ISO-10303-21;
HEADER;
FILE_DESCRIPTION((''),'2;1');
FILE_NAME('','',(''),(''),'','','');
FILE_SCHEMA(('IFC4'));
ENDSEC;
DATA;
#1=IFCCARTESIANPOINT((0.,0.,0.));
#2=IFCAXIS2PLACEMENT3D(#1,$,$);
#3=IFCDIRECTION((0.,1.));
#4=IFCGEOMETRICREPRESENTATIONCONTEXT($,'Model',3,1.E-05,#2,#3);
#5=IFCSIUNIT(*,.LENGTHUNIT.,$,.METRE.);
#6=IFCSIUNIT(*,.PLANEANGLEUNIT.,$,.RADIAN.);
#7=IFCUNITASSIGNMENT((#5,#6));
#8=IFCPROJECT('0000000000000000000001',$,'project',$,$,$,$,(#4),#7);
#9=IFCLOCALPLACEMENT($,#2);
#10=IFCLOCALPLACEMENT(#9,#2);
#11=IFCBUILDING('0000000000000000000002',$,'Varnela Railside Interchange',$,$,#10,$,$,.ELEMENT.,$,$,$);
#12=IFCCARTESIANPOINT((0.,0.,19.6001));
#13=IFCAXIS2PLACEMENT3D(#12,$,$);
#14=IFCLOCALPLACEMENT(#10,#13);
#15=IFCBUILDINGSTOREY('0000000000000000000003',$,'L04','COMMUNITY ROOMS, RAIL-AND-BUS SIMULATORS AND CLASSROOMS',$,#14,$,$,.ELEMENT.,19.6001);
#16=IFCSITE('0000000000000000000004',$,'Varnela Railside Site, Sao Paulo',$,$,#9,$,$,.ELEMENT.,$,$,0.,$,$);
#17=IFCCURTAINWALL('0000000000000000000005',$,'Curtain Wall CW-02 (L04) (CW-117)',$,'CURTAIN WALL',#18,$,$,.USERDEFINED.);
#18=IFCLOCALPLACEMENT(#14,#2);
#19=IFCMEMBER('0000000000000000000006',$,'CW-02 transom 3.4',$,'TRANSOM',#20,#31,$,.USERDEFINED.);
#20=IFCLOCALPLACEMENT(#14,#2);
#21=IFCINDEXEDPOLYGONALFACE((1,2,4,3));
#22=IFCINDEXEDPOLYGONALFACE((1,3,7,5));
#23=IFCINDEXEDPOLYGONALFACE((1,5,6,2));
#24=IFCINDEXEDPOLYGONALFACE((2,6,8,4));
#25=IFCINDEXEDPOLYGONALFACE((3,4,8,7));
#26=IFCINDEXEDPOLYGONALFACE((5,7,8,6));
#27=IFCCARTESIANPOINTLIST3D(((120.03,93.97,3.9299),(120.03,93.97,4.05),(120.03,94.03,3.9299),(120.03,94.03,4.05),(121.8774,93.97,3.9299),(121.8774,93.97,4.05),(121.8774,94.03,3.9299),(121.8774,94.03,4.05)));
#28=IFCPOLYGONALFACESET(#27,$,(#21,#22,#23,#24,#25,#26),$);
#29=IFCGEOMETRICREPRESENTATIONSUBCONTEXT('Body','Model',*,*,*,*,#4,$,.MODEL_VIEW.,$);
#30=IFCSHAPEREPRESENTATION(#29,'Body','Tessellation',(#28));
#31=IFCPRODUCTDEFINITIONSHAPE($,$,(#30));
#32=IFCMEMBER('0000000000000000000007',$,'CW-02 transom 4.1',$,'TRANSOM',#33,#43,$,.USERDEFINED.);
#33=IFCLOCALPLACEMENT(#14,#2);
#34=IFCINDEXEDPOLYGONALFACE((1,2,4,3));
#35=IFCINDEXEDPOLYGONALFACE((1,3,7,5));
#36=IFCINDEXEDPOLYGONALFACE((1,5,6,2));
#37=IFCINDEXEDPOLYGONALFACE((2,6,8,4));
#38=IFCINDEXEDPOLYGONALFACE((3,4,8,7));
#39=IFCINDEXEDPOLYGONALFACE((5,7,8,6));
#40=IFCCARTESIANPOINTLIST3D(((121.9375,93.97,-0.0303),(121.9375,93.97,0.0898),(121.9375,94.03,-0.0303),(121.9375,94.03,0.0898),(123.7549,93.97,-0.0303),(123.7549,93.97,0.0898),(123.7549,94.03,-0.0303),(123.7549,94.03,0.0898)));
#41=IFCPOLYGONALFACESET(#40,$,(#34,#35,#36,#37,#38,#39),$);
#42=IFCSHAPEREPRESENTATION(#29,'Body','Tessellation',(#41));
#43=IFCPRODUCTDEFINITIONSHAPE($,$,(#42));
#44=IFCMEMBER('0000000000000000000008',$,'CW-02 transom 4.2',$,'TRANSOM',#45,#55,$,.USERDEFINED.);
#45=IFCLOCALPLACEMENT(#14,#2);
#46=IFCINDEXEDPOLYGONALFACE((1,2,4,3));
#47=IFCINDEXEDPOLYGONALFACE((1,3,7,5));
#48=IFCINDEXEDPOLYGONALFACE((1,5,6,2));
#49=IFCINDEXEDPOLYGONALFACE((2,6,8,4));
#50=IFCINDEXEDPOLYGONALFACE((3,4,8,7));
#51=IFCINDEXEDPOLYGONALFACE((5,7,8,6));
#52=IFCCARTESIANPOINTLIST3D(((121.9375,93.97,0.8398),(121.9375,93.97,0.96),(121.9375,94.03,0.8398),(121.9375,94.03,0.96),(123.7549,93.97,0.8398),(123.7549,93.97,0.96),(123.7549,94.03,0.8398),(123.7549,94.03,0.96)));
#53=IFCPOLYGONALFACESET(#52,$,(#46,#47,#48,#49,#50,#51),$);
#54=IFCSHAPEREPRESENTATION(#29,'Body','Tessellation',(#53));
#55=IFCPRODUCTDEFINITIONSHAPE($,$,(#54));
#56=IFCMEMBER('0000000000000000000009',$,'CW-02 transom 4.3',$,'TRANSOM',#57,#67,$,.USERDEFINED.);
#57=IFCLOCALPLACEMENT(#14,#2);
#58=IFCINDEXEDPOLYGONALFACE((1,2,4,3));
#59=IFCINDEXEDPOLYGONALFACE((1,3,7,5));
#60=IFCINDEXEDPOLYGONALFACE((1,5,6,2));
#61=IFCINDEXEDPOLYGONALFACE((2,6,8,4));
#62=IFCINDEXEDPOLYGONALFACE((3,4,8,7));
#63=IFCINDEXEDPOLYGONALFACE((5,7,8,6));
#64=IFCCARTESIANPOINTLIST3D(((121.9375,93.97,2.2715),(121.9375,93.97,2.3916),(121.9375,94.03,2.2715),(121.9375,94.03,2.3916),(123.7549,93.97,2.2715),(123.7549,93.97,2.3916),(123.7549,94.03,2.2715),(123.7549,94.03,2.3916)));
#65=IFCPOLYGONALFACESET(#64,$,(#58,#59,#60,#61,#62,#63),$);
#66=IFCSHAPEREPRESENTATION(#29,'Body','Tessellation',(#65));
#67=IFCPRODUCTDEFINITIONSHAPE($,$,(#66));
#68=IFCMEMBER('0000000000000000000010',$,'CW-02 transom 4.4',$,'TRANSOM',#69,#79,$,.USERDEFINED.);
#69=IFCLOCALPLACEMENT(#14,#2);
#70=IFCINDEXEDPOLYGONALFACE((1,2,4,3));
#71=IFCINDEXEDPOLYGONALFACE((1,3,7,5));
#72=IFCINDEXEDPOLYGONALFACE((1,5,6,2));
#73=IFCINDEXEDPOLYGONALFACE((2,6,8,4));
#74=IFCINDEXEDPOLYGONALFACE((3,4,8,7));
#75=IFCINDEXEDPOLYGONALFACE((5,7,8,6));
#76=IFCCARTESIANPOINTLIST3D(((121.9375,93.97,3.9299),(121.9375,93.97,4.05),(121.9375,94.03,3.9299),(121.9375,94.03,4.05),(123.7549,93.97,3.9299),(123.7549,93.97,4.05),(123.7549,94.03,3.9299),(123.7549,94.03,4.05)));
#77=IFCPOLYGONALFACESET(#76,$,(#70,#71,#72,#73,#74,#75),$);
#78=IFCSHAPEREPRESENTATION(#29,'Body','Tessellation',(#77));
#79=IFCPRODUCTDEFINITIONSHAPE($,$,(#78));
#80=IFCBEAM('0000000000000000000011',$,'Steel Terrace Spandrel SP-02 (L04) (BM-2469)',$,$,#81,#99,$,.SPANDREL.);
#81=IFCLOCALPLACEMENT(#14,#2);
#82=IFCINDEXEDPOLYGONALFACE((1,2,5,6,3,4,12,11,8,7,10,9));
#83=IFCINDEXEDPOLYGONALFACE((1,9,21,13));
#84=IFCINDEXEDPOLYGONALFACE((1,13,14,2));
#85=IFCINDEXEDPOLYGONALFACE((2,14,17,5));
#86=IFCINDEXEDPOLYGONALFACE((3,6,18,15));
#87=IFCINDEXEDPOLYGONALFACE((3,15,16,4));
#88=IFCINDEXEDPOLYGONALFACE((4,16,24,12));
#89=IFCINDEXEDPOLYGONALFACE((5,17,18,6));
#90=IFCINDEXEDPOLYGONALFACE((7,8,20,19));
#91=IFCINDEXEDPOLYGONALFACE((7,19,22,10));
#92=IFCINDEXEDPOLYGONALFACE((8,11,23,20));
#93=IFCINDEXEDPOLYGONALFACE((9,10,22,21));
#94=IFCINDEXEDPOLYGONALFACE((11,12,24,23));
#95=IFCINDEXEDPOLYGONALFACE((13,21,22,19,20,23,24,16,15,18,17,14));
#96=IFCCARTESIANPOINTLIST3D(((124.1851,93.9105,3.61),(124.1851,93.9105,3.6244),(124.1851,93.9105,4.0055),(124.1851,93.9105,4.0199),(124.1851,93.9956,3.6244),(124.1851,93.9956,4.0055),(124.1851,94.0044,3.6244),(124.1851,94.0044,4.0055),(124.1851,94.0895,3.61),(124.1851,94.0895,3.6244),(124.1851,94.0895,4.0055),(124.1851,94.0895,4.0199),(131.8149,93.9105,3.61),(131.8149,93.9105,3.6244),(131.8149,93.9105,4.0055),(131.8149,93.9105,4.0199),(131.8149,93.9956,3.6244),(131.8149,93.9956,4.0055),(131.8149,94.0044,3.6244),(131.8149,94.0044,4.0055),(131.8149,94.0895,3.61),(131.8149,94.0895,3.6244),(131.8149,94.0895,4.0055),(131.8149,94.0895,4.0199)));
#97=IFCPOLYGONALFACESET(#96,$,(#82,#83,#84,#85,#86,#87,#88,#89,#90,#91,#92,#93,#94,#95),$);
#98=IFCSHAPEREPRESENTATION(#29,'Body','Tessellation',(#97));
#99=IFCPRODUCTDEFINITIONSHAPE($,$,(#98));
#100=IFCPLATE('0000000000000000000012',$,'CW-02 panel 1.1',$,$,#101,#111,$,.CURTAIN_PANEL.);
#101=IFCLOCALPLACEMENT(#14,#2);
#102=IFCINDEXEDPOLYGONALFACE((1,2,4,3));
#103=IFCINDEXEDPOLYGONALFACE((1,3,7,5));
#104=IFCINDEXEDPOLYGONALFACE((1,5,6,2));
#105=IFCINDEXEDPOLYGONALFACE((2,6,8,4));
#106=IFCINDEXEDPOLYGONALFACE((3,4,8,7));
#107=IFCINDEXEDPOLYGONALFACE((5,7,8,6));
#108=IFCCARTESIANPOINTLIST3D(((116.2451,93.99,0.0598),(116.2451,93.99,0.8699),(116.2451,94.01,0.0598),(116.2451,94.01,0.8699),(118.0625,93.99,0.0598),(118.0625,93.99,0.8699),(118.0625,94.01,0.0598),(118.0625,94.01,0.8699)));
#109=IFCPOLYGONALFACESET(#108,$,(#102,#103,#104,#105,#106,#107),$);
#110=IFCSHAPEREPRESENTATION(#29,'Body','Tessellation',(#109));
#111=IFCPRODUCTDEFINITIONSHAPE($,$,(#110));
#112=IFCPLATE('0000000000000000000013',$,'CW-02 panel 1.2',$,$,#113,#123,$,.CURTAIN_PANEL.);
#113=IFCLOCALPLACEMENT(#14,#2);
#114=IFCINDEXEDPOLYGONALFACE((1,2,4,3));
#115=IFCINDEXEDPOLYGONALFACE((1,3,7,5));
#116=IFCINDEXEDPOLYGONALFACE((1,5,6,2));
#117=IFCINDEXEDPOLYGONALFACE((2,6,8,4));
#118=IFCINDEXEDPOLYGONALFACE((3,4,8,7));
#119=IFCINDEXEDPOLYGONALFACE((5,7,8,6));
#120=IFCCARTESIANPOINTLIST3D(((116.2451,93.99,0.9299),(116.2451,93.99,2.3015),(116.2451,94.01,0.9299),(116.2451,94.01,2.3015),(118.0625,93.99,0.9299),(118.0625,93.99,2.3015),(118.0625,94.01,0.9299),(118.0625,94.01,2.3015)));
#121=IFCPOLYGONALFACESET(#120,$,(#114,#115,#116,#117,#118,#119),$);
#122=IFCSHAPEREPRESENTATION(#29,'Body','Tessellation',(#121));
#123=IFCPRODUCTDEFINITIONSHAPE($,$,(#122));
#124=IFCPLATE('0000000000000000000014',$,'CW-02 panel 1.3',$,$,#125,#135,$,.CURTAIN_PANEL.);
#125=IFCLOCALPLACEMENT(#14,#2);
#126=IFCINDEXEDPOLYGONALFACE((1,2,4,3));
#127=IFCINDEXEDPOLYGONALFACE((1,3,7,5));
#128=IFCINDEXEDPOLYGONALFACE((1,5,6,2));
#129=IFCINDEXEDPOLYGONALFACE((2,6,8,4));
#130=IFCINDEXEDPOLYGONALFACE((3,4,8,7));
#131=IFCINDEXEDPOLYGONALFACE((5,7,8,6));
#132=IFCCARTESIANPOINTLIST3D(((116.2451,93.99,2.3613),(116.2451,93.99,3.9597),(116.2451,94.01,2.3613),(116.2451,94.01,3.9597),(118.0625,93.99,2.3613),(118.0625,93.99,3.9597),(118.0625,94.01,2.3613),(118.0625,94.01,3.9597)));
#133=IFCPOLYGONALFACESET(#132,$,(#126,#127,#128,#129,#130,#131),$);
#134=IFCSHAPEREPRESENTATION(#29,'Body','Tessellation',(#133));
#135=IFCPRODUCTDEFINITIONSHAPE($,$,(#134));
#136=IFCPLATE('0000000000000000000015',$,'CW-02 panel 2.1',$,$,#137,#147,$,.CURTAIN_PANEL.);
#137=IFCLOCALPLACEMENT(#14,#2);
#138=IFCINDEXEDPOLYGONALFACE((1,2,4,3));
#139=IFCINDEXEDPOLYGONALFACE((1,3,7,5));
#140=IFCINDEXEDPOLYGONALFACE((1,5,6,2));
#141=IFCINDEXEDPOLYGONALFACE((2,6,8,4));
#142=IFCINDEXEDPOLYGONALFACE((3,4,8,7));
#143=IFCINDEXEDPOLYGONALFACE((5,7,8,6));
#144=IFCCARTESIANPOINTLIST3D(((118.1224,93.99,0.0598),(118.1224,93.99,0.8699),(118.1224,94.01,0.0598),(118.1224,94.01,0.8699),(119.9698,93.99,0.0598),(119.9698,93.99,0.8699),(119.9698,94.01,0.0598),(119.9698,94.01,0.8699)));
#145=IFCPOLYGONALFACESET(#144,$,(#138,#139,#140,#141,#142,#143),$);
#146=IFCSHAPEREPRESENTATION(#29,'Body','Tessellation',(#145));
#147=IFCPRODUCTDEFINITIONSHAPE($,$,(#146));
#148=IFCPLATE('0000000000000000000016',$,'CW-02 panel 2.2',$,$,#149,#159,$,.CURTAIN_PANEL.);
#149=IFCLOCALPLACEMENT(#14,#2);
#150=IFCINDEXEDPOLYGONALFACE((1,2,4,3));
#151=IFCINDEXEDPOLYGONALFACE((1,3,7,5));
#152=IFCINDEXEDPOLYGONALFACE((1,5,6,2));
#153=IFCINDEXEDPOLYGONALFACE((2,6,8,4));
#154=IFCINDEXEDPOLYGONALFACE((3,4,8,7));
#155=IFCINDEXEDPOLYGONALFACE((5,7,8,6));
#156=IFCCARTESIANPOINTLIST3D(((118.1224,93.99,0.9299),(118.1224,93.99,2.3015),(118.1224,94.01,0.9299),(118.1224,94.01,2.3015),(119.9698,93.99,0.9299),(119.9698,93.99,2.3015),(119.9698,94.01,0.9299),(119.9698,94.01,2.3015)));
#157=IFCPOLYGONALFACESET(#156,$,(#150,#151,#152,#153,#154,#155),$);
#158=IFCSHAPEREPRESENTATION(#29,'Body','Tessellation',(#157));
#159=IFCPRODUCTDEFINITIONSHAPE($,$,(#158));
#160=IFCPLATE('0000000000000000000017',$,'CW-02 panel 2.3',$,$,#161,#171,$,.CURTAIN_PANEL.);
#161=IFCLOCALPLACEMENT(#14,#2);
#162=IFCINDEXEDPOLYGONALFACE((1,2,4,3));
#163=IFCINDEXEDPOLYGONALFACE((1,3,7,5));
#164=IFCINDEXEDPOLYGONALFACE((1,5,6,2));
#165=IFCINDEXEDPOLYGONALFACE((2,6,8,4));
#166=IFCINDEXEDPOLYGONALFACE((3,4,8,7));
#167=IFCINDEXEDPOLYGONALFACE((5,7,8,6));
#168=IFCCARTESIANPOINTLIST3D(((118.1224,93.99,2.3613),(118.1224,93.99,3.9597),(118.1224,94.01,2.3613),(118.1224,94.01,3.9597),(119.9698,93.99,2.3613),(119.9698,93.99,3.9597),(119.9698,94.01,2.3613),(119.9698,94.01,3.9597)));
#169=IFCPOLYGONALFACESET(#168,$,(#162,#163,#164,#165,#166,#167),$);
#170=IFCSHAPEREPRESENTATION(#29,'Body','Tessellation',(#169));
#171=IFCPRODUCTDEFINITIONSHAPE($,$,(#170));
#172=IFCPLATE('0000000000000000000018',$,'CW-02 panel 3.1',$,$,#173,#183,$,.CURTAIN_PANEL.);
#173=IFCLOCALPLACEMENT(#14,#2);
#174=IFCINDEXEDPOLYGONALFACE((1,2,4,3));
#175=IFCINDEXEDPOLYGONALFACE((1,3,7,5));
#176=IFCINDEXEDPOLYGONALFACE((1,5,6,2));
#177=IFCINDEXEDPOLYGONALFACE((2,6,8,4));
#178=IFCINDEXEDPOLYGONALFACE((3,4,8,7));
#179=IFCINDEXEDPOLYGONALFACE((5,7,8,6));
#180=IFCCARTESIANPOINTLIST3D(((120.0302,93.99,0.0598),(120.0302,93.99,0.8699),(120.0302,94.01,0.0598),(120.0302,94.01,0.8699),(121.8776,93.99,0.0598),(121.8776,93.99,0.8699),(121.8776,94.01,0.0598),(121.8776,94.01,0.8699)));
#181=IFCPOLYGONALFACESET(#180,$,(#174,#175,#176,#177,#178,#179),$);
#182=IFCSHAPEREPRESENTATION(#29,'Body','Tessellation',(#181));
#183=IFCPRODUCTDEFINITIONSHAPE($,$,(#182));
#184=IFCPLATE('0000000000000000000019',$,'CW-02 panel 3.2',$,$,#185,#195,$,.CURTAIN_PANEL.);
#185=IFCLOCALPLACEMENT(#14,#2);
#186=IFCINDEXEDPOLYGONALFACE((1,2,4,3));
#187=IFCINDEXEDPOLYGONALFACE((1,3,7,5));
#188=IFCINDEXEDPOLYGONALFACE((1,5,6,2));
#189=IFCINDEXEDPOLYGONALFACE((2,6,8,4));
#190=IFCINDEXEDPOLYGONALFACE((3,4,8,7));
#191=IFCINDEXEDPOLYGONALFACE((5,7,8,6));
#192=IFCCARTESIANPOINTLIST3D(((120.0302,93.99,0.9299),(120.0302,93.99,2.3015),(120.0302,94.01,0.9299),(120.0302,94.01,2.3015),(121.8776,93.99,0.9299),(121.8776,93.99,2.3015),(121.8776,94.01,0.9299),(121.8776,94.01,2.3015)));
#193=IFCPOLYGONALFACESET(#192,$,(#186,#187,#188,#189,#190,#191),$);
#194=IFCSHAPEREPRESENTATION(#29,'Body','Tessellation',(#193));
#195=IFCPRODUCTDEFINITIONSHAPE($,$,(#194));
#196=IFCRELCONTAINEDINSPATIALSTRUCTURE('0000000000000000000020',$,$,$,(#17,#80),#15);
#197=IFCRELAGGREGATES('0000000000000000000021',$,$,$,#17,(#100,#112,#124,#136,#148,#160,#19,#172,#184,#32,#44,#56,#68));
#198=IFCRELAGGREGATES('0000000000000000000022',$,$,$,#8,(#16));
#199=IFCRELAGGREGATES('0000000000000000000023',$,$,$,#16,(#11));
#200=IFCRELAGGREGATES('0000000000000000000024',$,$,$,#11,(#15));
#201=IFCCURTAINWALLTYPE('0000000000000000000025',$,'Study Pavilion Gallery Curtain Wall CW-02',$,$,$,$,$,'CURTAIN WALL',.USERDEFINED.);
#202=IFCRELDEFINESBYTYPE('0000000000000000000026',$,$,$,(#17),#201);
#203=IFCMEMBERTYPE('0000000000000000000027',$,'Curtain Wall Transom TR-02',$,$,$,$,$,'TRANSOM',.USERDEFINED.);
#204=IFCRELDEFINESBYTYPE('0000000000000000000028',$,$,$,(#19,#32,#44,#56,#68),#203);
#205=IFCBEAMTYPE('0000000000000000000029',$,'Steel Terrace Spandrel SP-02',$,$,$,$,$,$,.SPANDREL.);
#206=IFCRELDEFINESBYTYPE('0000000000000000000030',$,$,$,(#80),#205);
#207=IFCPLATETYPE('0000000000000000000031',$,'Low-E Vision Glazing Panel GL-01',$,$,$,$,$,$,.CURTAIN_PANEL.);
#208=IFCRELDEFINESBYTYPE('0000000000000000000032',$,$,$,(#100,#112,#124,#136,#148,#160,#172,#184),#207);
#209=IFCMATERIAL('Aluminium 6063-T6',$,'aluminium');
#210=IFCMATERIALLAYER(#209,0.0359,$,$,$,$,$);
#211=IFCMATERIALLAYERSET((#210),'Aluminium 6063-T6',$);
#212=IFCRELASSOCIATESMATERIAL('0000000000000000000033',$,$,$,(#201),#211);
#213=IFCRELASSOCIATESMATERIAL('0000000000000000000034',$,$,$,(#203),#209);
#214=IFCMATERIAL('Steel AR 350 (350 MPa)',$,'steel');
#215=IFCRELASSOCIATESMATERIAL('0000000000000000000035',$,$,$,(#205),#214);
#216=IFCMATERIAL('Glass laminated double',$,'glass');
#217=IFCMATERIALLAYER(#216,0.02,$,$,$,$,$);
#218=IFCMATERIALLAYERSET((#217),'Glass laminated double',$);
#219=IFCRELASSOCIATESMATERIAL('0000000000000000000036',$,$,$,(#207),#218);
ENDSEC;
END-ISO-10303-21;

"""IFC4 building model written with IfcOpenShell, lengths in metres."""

from ifc_helpers import new_model, si_unit, direction, frame, origin, origin_2d, place, context, subcontext, project, spatial, rectangle, i_section, extrude, material, layer, layer_set, material_profile, profile_set, type_object, element, aggregate, save


model = new_model("IFC4")

# Units and contexts
model_context = context("Model", 3, precision=1e-05, world=origin(), true_north=direction((0.0, 1.0)))
body_context = subcontext(model_context, "Body", "Model", "MODEL_VIEW")
ifc_project = project(units=[si_unit("LENGTHUNIT", "METRE"), si_unit("PLANEANGLEUNIT", "RADIAN")], contexts=[model_context])

# Site, building, storey
site_placement = place(None, origin())
site = spatial("IfcSite", under=ifc_project, at=site_placement, Name="Varnela Railside Site, Sao Paulo", CompositionType="ELEMENT", RefElevation=0.0)
building_placement = place(site_placement, origin())
building = spatial("IfcBuilding", under=site, at=building_placement, Name="Varnela Railside Interchange", CompositionType="ELEMENT")
storey_placement = place(building_placement, frame((0.0, 0.0, 19.6001)))
storey = spatial("IfcBuildingStorey", under=building, at=storey_placement, Name="L04", Description="COMMUNITY ROOMS, RAIL-AND-BUS SIMULATORS AND CLASSROOMS", CompositionType="ELEMENT", Elevation=19.6001)

# Shared definitions
ifc_material_1 = material(Name="Steel AR 350 (350 MPa)", Category="steel")

# Curtain wall, members
ifc_material_2 = material(Name="Aluminium 6063-T6", Category="aluminium")
ifc_layer_1 = layer(ifc_material_2, 0.0359)
ifc_layer_set_1 = layer_set([ifc_layer_1], Name="Aluminium 6063-T6")
curtain_wall_type = type_object("IfcCurtainWallType", Name="Study Pavilion Gallery Curtain Wall CW-02", ElementType="CURTAIN WALL", PredefinedType="USERDEFINED", material=ifc_layer_set_1)
curtain_wall_placement = place(storey_placement, origin())
curtain_wall = element("IfcCurtainWall", 1, at=curtain_wall_placement, inside=storey, type_object=curtain_wall_type, Name="Curtain Wall CW-02 (L04) (CW-117)", ObjectType="CURTAIN WALL", PredefinedType="USERDEFINED")
ifc_material_profile_1 = material_profile(ifc_material_2, rectangle(XDim=0.0601, YDim=0.1201, at=origin_2d()), Name="ALU 60x120")
ifc_profile_set_1 = profile_set([ifc_material_profile_1], Name="Aluminium 6063-T6")
member_type_1 = type_object("IfcMemberType", Name="Curtain Wall Transom TR-02", ElementType="TRANSOM", PredefinedType="USERDEFINED", material=ifc_profile_set_1)
member_1_placement = place(storey_placement, frame((120.03, 94.0, 3.99), z_axis=(1.0, 0.0, 0.0), x_axis=(0.0, 1.0, 0.0)))
member_1 = element("IfcMember", 2, at=member_1_placement, type_object=member_type_1, Name="CW-02 transom 3.4", ObjectType="TRANSOM", PredefinedType="USERDEFINED", context=body_context, shape_type="SweptSolid", body=[
    extrude(rectangle(XDim=0.0601, YDim=0.1201, at=origin_2d()), origin(), (0.0, 0.0, 1.0), 1.8474),
])
member_2_placement = place(storey_placement, frame((121.9375, 94.0, 0.0298), z_axis=(1.0, 0.0, 0.0), x_axis=(0.0, 1.0, 0.0)))
member_2 = element("IfcMember", 3, at=member_2_placement, type_object=member_type_1, Name="CW-02 transom 4.1", ObjectType="TRANSOM", PredefinedType="USERDEFINED", context=body_context, shape_type="SweptSolid", body=[
    extrude(rectangle(XDim=0.0601, YDim=0.1201, at=origin_2d()), origin(), (0.0, 0.0, 1.0), 1.8174),
])
member_3_placement = place(storey_placement, frame((121.9375, 94.0, 0.8999), z_axis=(1.0, 0.0, 0.0), x_axis=(0.0, 1.0, 0.0)))
member_3 = element("IfcMember", 4, at=member_3_placement, type_object=member_type_1, Name="CW-02 transom 4.2", ObjectType="TRANSOM", PredefinedType="USERDEFINED", context=body_context, shape_type="SweptSolid", body=[
    extrude(rectangle(XDim=0.0601, YDim=0.1201, at=origin_2d()), origin(), (0.0, 0.0, 1.0), 1.8174),
])
member_4_placement = place(storey_placement, frame((121.9375, 94.0, 2.3315), z_axis=(1.0, 0.0, 0.0), x_axis=(0.0, 1.0, 0.0)))
member_4 = element("IfcMember", 5, at=member_4_placement, type_object=member_type_1, Name="CW-02 transom 4.3", ObjectType="TRANSOM", PredefinedType="USERDEFINED", context=body_context, shape_type="SweptSolid", body=[
    extrude(rectangle(XDim=0.0601, YDim=0.1201, at=origin_2d()), origin(), (0.0, 0.0, 1.0), 1.8174),
])
member_5_placement = place(storey_placement, frame((121.9375, 94.0, 3.99), z_axis=(1.0, 0.0, 0.0), x_axis=(0.0, 1.0, 0.0)))
member_5 = element("IfcMember", 6, at=member_5_placement, type_object=member_type_1, Name="CW-02 transom 4.4", ObjectType="TRANSOM", PredefinedType="USERDEFINED", context=body_context, shape_type="SweptSolid", body=[
    extrude(rectangle(XDim=0.0601, YDim=0.1201, at=origin_2d()), origin(), (0.0, 0.0, 1.0), 1.8174),
])

# Beam
ifc_material_profile_2 = material_profile(ifc_material_1, i_section(OverallWidth=0.179, OverallDepth=0.4099, WebThickness=0.0088, FlangeThickness=0.0144, at=origin_2d()), Name="W410x67")
ifc_profile_set_2 = profile_set([ifc_material_profile_2], Name="Steel AR 350 (350 MPa)")
beam_type = type_object("IfcBeamType", Name="Steel Terrace Spandrel SP-02", PredefinedType="SPANDREL", material=ifc_profile_set_2)
beam_placement = place(storey_placement, frame((124.1851, 94.0, 3.8149), z_axis=(1.0, 0.0, 0.0), x_axis=(0.0, 1.0, 0.0)))
element("IfcBeam", 7, at=beam_placement, inside=storey, type_object=beam_type, Name="Steel Terrace Spandrel SP-02 (L04) (BM-2469)", PredefinedType="SPANDREL", context=body_context, shape_type="SweptSolid", body=[
    extrude(i_section(OverallWidth=0.179, OverallDepth=0.4099, WebThickness=0.0088, FlangeThickness=0.0144, at=origin_2d()), origin(), (0.0, 0.0, 1.0), 7.6299),
])

# Plates
ifc_material_3 = material(Name="Glass laminated double", Category="glass")
ifc_layer_2 = layer(ifc_material_3, 0.02)
ifc_layer_set_2 = layer_set([ifc_layer_2], Name="Glass laminated double")
plate_type = type_object("IfcPlateType", Name="Low-E Vision Glazing Panel GL-01", PredefinedType="CURTAIN_PANEL", material=ifc_layer_set_2)
plate_1_placement = place(storey_placement, frame((117.1538, 94.0, 0.0598), z_axis=(0.0, 0.0, 1.0), x_axis=(1.0, 0.0, 0.0)))
plate_1 = element("IfcPlate", 8, at=plate_1_placement, type_object=plate_type, Name="CW-02 panel 1.1", PredefinedType="CURTAIN_PANEL", context=body_context, shape_type="SweptSolid", body=[
    extrude(rectangle(XDim=1.8174, YDim=0.02, at=origin_2d()), origin(), (0.0, 0.0, 1.0), 0.8101),
])
plate_2_placement = place(storey_placement, frame((117.1538, 94.0, 0.9299), z_axis=(0.0, 0.0, 1.0), x_axis=(1.0, 0.0, 0.0)))
plate_2 = element("IfcPlate", 9, at=plate_2_placement, type_object=plate_type, Name="CW-02 panel 1.2", PredefinedType="CURTAIN_PANEL", context=body_context, shape_type="SweptSolid", body=[
    extrude(rectangle(XDim=1.8174, YDim=0.02, at=origin_2d()), origin(), (0.0, 0.0, 1.0), 1.3716),
])
plate_3_placement = place(storey_placement, frame((117.1538, 94.0, 2.3613), z_axis=(0.0, 0.0, 1.0), x_axis=(1.0, 0.0, 0.0)))
plate_3 = element("IfcPlate", 10, at=plate_3_placement, type_object=plate_type, Name="CW-02 panel 1.3", PredefinedType="CURTAIN_PANEL", context=body_context, shape_type="SweptSolid", body=[
    extrude(rectangle(XDim=1.8174, YDim=0.02, at=origin_2d()), origin(), (0.0, 0.0, 1.0), 1.5984),
])
plate_4_placement = place(storey_placement, frame((119.0461, 94.0, 0.0598), z_axis=(0.0, 0.0, 1.0), x_axis=(1.0, 0.0, 0.0)))
plate_4 = element("IfcPlate", 11, at=plate_4_placement, type_object=plate_type, Name="CW-02 panel 2.1", PredefinedType="CURTAIN_PANEL", context=body_context, shape_type="SweptSolid", body=[
    extrude(rectangle(XDim=1.8474, YDim=0.02, at=origin_2d()), origin(), (0.0, 0.0, 1.0), 0.8101),
])
plate_5_placement = place(storey_placement, frame((119.0461, 94.0, 0.9299), z_axis=(0.0, 0.0, 1.0), x_axis=(1.0, 0.0, 0.0)))
plate_5 = element("IfcPlate", 12, at=plate_5_placement, type_object=plate_type, Name="CW-02 panel 2.2", PredefinedType="CURTAIN_PANEL", context=body_context, shape_type="SweptSolid", body=[
    extrude(rectangle(XDim=1.8474, YDim=0.02, at=origin_2d()), origin(), (0.0, 0.0, 1.0), 1.3716),
])
plate_6_placement = place(storey_placement, frame((119.0461, 94.0, 2.3613), z_axis=(0.0, 0.0, 1.0), x_axis=(1.0, 0.0, 0.0)))
plate_6 = element("IfcPlate", 13, at=plate_6_placement, type_object=plate_type, Name="CW-02 panel 2.3", PredefinedType="CURTAIN_PANEL", context=body_context, shape_type="SweptSolid", body=[
    extrude(rectangle(XDim=1.8474, YDim=0.02, at=origin_2d()), origin(), (0.0, 0.0, 1.0), 1.5984),
])
plate_7_placement = place(storey_placement, frame((120.9539, 94.0, 0.0598), z_axis=(0.0, 0.0, 1.0), x_axis=(1.0, 0.0, 0.0)))
plate_7 = element("IfcPlate", 14, at=plate_7_placement, type_object=plate_type, Name="CW-02 panel 3.1", PredefinedType="CURTAIN_PANEL", context=body_context, shape_type="SweptSolid", body=[
    extrude(rectangle(XDim=1.8474, YDim=0.02, at=origin_2d()), origin(), (0.0, 0.0, 1.0), 0.8101),
])
plate_8_placement = place(storey_placement, frame((120.9539, 94.0, 0.9299), z_axis=(0.0, 0.0, 1.0), x_axis=(1.0, 0.0, 0.0)))
plate_8 = element("IfcPlate", 15, at=plate_8_placement, type_object=plate_type, Name="CW-02 panel 3.2", PredefinedType="CURTAIN_PANEL", context=body_context, shape_type="SweptSolid", body=[
    extrude(rectangle(XDim=1.8474, YDim=0.02, at=origin_2d()), origin(), (0.0, 0.0, 1.0), 1.3716),
])
aggregate(curtain_wall, [plate_1, plate_2, plate_3, plate_4, plate_5, plate_6, member_1, plate_7, plate_8, member_2, member_3, member_4, member_5])

save(model, "model.ifc")
